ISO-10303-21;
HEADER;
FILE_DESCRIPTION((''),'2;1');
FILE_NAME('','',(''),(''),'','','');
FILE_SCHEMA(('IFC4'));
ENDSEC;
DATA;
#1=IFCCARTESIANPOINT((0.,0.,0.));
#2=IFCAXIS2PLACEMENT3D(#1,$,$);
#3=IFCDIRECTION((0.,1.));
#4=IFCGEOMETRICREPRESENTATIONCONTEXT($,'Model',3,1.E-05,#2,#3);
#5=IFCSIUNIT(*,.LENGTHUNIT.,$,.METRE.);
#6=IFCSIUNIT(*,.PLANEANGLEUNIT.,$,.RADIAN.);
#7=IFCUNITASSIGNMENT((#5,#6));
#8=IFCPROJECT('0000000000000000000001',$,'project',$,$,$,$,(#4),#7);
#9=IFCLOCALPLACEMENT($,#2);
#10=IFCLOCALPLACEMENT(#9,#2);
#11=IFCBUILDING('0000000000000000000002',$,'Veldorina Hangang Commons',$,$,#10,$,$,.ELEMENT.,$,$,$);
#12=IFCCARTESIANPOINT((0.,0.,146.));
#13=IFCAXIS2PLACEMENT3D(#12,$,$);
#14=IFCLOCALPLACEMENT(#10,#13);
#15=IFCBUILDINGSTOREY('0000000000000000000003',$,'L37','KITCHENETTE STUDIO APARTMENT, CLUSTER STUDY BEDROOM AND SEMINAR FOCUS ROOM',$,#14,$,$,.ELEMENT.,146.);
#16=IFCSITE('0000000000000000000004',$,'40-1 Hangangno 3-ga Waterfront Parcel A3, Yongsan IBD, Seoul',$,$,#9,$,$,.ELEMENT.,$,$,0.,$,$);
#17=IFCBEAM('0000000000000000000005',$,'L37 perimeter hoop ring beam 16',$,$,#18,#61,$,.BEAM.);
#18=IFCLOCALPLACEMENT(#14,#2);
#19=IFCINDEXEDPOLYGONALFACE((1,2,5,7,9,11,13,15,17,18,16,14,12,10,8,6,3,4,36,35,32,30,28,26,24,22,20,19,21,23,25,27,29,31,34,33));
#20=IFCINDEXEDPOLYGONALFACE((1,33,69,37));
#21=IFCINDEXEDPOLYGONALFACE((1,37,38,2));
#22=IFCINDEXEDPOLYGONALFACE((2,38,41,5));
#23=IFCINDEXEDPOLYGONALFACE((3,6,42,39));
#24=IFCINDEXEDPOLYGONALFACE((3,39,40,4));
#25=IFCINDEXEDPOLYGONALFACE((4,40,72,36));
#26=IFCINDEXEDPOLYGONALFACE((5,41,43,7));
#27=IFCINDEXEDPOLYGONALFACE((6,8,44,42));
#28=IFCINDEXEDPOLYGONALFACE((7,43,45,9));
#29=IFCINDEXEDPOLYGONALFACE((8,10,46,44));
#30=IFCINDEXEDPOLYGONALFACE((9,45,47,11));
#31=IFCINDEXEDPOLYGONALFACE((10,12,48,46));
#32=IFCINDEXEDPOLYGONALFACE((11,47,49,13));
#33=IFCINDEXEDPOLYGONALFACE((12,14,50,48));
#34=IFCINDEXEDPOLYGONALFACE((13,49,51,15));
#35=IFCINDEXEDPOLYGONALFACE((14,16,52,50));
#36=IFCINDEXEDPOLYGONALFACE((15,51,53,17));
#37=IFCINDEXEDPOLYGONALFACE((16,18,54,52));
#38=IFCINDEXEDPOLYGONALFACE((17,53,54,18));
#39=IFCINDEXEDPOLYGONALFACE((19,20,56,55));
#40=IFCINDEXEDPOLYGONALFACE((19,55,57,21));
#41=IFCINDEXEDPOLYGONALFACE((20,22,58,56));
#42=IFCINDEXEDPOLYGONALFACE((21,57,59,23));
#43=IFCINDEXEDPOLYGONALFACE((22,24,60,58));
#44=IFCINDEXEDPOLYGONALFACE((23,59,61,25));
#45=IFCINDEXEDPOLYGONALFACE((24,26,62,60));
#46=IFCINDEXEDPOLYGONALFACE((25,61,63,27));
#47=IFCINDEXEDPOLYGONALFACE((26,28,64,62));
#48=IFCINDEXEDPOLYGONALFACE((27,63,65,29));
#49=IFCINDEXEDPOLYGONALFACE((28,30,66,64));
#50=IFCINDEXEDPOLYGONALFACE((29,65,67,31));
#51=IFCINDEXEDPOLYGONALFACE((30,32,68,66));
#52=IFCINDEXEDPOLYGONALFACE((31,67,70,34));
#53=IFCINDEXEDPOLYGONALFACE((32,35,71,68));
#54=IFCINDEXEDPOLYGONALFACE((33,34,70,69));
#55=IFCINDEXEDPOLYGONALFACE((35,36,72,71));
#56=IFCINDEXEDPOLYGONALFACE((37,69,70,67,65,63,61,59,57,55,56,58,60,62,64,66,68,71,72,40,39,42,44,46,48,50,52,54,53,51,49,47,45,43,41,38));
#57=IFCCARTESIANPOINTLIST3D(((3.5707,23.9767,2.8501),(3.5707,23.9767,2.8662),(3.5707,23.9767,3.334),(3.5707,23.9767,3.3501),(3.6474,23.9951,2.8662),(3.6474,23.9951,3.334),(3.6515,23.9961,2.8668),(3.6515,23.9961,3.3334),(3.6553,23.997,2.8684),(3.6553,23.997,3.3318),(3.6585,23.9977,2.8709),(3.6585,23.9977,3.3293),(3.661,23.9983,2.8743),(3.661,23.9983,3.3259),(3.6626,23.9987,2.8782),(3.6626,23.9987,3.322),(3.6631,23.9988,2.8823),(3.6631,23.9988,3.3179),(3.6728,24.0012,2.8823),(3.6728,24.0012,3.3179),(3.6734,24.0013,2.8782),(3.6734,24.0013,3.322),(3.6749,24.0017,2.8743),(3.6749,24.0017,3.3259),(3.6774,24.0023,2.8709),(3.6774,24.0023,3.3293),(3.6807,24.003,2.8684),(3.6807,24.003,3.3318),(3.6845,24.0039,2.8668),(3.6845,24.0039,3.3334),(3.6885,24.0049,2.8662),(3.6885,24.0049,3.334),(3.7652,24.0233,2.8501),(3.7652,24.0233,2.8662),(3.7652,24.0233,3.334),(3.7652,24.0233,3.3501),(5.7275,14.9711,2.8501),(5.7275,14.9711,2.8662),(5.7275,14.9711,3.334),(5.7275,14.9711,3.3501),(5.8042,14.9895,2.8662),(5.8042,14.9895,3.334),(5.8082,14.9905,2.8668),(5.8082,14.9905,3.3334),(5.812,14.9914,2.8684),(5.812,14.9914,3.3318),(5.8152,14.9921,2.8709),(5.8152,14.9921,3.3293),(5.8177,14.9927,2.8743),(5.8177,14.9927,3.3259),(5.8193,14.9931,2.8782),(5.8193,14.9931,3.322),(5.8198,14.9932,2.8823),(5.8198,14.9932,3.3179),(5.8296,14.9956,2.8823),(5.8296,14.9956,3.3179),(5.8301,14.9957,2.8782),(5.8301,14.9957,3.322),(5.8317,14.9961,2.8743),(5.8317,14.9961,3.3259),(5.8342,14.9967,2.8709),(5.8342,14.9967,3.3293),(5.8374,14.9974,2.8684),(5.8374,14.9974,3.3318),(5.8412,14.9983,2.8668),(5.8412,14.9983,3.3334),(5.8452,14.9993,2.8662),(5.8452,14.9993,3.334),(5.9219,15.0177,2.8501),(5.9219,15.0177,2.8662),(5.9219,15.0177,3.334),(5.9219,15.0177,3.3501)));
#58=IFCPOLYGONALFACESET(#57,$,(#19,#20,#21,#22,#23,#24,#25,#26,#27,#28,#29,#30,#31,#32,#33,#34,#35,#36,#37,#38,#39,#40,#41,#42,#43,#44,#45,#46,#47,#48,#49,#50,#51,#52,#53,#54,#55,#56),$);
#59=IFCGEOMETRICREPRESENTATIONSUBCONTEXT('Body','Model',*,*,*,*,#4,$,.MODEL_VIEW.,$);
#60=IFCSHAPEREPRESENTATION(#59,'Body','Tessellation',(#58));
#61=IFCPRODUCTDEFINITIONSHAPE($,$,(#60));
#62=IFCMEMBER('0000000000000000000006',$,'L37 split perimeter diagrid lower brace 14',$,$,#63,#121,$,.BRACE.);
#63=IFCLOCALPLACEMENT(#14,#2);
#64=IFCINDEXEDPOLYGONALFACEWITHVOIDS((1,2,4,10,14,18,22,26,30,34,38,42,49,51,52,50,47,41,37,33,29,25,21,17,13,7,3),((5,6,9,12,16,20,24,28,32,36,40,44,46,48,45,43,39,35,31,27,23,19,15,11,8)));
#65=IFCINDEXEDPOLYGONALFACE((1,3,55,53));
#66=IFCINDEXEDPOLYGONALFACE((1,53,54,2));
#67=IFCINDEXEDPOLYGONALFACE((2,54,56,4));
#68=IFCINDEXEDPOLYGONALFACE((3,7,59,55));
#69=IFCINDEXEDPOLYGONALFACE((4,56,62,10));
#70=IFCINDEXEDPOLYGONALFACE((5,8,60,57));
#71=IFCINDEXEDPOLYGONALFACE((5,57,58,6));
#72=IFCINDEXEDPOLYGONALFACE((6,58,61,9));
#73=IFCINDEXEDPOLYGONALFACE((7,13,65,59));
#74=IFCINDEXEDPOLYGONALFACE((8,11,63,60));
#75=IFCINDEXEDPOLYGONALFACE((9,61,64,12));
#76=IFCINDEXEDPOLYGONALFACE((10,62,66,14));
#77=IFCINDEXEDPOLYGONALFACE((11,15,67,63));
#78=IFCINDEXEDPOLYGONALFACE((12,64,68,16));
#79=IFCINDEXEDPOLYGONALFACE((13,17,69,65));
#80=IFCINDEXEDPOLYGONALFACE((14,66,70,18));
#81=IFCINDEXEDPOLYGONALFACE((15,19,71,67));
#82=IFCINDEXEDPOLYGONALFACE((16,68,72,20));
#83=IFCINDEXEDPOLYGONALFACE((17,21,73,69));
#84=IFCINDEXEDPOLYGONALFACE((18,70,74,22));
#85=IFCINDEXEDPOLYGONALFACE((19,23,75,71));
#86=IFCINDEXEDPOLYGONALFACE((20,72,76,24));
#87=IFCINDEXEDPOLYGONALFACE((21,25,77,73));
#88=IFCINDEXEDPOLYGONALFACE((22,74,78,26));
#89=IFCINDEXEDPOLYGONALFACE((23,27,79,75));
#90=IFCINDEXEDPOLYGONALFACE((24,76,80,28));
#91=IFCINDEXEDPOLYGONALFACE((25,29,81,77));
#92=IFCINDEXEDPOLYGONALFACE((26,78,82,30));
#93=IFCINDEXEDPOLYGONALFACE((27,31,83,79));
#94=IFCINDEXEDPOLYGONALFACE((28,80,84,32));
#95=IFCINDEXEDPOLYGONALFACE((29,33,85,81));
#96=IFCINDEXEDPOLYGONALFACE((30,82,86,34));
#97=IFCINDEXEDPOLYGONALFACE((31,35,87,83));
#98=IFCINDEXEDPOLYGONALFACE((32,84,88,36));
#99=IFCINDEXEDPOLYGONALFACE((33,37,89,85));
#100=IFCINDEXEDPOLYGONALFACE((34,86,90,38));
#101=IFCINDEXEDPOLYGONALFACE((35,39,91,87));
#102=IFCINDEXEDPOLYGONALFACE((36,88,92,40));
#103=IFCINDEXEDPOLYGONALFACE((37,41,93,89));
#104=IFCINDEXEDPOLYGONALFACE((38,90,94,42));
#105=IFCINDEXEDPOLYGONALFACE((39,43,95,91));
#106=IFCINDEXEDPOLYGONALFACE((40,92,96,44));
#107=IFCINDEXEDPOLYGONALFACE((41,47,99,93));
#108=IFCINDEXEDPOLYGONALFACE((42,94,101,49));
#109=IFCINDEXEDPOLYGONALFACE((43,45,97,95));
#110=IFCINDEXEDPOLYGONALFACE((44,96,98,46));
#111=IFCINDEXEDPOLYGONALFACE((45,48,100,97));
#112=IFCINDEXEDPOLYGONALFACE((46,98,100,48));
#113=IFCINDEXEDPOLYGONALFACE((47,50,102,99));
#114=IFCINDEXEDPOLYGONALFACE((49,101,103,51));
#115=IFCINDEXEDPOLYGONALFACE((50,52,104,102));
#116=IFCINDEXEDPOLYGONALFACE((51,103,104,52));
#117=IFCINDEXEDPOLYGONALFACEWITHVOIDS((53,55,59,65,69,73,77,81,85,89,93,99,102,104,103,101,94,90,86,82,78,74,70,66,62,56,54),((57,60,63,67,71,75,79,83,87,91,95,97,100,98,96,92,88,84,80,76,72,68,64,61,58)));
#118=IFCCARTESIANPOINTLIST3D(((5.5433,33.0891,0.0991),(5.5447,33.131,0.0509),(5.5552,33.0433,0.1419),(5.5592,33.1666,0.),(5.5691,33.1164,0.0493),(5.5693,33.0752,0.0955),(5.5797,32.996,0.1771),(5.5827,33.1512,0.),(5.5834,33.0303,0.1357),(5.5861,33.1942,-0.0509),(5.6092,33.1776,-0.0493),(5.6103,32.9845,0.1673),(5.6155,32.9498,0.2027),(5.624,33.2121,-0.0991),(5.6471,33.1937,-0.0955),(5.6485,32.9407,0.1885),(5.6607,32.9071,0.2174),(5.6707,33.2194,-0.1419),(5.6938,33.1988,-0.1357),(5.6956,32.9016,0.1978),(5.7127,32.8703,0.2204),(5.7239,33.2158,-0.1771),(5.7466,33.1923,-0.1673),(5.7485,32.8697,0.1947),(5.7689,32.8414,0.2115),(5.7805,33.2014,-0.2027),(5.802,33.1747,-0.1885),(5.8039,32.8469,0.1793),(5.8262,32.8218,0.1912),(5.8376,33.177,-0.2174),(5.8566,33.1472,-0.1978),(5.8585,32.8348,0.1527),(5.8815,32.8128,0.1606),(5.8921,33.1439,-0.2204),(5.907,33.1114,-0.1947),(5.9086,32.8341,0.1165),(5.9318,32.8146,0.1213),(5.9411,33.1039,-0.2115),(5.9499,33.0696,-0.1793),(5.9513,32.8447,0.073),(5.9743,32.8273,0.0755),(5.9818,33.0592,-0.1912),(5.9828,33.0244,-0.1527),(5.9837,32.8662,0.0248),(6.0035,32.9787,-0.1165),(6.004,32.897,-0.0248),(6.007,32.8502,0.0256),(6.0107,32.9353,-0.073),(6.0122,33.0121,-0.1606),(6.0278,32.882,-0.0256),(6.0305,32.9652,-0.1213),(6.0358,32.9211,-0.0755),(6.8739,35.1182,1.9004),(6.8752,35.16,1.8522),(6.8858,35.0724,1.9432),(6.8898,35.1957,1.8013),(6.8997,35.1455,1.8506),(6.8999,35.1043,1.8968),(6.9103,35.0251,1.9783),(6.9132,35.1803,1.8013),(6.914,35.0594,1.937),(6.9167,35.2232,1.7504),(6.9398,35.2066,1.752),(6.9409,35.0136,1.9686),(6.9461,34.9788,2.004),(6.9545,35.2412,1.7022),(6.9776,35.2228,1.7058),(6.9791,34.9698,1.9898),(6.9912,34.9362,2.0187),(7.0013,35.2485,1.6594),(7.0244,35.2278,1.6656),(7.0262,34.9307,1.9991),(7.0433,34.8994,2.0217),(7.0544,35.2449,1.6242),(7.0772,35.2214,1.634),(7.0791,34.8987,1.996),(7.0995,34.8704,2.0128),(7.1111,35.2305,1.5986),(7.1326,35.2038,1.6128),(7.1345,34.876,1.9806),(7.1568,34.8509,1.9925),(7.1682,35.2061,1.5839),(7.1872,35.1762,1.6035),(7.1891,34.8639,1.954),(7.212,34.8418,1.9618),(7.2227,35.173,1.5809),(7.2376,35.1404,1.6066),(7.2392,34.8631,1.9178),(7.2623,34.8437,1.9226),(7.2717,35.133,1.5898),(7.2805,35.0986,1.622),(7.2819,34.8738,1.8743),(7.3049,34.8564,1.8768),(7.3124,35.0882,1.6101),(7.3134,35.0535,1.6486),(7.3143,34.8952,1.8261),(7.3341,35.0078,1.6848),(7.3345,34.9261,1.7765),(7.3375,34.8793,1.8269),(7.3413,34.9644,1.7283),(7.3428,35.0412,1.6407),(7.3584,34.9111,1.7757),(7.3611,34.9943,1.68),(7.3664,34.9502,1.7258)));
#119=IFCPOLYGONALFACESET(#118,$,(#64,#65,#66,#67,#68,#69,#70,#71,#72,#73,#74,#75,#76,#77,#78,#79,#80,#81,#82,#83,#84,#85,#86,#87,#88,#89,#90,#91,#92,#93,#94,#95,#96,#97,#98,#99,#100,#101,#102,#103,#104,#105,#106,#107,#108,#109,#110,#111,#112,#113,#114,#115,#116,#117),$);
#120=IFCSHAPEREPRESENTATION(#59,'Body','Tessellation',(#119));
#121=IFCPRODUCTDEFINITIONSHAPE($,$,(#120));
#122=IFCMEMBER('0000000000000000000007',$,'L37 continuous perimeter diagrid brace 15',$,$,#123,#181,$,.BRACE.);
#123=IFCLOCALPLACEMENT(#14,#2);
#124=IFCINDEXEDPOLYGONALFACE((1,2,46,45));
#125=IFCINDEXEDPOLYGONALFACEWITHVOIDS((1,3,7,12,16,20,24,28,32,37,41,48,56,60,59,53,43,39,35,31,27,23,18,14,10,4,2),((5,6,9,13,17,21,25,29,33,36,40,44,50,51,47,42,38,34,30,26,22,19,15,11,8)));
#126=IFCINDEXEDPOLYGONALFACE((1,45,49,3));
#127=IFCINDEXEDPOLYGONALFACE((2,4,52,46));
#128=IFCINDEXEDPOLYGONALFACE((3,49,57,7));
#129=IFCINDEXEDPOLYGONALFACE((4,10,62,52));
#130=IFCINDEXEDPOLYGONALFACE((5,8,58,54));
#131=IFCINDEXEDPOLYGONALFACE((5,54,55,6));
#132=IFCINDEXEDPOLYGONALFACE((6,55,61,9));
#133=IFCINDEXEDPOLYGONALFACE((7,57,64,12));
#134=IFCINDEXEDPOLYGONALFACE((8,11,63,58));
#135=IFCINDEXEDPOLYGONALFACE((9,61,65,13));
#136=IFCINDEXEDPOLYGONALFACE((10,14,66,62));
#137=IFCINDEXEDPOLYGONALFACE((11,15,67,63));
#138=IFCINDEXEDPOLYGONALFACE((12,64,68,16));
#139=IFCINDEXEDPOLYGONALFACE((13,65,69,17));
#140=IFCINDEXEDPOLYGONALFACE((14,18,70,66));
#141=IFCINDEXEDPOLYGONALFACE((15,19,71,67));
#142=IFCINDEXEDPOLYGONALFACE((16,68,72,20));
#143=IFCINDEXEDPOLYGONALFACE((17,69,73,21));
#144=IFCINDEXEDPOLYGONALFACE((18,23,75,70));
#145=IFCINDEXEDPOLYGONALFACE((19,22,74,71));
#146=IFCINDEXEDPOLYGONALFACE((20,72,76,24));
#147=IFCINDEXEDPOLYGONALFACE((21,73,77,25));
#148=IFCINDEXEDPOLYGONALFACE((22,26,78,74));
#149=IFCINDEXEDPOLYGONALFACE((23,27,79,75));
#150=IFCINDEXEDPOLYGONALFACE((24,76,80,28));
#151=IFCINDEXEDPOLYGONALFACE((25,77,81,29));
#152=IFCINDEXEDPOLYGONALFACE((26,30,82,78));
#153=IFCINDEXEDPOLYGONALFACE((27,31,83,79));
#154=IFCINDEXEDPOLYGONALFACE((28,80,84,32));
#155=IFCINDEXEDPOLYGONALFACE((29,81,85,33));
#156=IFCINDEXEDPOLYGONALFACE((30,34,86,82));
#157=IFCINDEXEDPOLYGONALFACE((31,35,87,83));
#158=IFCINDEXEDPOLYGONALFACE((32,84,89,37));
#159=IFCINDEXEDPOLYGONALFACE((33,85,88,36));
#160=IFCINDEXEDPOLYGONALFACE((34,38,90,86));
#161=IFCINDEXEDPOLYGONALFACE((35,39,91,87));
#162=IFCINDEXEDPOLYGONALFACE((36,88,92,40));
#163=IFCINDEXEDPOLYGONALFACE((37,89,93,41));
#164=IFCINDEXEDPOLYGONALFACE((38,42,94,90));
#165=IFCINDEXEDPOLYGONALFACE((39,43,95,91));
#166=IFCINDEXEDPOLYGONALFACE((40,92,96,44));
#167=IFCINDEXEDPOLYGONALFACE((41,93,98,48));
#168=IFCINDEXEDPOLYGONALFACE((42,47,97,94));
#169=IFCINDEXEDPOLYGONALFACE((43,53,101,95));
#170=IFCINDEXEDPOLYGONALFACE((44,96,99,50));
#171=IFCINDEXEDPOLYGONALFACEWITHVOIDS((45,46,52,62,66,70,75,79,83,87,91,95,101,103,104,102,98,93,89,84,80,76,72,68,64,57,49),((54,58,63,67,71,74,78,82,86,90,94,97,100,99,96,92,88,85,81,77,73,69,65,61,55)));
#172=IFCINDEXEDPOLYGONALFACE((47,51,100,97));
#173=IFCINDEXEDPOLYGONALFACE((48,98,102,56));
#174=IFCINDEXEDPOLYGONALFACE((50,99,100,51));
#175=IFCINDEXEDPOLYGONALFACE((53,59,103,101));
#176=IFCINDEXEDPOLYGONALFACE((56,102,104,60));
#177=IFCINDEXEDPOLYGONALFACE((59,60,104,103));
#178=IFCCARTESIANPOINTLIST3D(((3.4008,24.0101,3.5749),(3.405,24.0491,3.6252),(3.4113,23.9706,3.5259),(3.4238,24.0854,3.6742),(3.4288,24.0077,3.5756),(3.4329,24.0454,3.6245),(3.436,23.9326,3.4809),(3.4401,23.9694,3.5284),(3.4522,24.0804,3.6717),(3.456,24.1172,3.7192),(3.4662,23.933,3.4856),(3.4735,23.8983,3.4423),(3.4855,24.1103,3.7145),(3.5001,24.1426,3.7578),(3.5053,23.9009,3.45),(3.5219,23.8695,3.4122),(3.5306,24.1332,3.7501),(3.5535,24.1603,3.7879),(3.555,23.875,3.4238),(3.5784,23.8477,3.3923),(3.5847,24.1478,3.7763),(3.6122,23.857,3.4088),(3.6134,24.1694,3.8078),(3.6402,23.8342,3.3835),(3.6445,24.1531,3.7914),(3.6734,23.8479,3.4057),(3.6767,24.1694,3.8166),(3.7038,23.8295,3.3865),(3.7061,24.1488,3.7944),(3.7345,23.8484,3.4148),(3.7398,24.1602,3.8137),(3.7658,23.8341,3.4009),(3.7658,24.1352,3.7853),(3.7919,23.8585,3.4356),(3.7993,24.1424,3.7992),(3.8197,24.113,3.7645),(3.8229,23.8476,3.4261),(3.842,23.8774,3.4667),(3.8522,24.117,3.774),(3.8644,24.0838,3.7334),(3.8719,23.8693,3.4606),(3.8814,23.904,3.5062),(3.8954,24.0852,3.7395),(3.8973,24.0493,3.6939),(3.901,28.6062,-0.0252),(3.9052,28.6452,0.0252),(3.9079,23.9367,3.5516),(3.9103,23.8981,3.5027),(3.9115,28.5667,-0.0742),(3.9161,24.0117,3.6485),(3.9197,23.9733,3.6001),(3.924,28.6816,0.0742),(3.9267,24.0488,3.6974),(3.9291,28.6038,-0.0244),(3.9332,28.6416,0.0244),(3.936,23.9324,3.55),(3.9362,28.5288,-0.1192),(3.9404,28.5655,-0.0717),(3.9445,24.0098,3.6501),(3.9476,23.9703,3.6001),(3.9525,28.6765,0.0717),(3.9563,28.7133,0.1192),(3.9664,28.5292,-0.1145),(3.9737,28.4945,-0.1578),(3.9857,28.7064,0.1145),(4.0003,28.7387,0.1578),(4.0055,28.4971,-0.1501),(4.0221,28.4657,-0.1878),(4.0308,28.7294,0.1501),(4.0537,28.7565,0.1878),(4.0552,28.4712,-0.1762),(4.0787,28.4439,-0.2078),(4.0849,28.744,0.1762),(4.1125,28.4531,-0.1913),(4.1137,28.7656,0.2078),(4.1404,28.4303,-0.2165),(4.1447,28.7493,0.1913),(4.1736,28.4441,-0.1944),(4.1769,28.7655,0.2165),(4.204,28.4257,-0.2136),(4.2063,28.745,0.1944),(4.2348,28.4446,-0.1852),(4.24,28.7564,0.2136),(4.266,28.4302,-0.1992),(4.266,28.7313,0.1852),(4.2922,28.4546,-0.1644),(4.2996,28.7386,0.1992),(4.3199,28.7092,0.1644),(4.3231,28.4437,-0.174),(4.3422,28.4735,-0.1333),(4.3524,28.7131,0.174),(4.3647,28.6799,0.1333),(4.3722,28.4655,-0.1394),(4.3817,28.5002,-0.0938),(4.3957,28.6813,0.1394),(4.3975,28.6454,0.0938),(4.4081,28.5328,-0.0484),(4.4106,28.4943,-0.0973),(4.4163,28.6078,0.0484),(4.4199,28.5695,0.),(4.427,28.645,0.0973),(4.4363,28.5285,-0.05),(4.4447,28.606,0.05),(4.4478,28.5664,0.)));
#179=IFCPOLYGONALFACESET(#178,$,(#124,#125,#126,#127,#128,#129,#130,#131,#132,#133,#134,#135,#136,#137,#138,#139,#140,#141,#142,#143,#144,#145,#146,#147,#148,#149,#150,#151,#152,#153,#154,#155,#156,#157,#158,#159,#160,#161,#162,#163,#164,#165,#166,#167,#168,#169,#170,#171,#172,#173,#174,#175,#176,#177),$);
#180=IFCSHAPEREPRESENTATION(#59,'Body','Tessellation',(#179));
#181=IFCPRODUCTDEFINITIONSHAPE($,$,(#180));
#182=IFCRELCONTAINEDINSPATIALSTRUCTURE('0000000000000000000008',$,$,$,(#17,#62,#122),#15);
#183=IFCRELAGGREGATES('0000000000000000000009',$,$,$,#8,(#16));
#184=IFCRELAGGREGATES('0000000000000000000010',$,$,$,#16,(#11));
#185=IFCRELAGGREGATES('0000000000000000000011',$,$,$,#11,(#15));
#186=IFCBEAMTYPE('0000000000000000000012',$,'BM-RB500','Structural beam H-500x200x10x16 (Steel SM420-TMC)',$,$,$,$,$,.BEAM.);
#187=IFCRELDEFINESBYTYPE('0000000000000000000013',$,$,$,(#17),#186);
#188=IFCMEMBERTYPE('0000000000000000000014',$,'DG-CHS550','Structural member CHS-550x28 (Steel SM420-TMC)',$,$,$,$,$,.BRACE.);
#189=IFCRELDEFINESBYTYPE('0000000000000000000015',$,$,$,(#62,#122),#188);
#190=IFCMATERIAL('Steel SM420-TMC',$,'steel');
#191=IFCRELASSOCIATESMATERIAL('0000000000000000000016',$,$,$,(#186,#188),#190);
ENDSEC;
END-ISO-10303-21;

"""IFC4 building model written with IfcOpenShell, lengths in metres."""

from ifc_helpers import new_model, si_unit, direction, frame, origin, origin_2d, place, context, subcontext, project, spatial, hollow_circle, i_section, extrude, material, material_profile, profile_set, type_object, element, save


model = new_model("IFC4")

# Units and contexts
model_context = context("Model", 3, precision=1e-05, world=origin(), true_north=direction((0.0, 1.0)))
body_context = subcontext(model_context, "Body", "Model", "MODEL_VIEW")
ifc_project = project(units=[si_unit("LENGTHUNIT", "METRE"), si_unit("PLANEANGLEUNIT", "RADIAN")], contexts=[model_context])

# Site, building, storey
site_placement = place(None, origin())
site = spatial("IfcSite", under=ifc_project, at=site_placement, Name="40-1 Hangangno 3-ga Waterfront Parcel A3, Yongsan IBD, Seoul", CompositionType="ELEMENT", RefElevation=0.0)
building_placement = place(site_placement, origin())
building = spatial("IfcBuilding", under=site, at=building_placement, Name="Veldorina Hangang Commons", CompositionType="ELEMENT")
storey_placement = place(building_placement, frame((0.0, 0.0, 146.0)))
storey = spatial("IfcBuildingStorey", under=building, at=storey_placement, Name="L37", Description="KITCHENETTE STUDIO APARTMENT, CLUSTER STUDY BEDROOM AND SEMINAR FOCUS ROOM", CompositionType="ELEMENT", Elevation=146.0)

# Beam
ifc_material_1 = material(Name="Steel SM420-TMC", Category="steel")
ifc_material_profile_1 = material_profile(ifc_material_1, i_section(OverallWidth=0.2, OverallDepth=0.5, WebThickness=0.01, FlangeThickness=0.0161, FilletRadius=0.0161, at=origin_2d()), Name="H-500x200x10x16")
ifc_profile_set_1 = profile_set([ifc_material_profile_1], Name="Steel SM420-TMC")
beam_type_1 = type_object("IfcBeamType", Name="BM-RB500", Description="Structural beam H-500x200x10x16 (Steel SM420-TMC)", PredefinedType="BEAM", material=ifc_profile_set_1)
for number, where, z_axis, x_axis, name in (
    (1, (3.668, 24.0, 3.1001), (0.232902, -0.9725, 0.0), (0.9725, 0.232902, 0.0), "L37 perimeter hoop ring beam 16"),
):
    element("IfcBeam", number, at=place(storey_placement, frame(where, z_axis=z_axis, x_axis=x_axis)), inside=storey, type_object=beam_type_1, Name=name, PredefinedType="BEAM", context=body_context, shape_type="SweptSolid", body=[
        extrude(i_section(OverallWidth=0.2, OverallDepth=0.5, WebThickness=0.01, FlangeThickness=0.0161, FilletRadius=0.0161, at=origin_2d()), origin(), (0.0, 0.0, 1.0), 9.2603),
    ])

# Members
ifc_material_profile_2 = material_profile(ifc_material_1, hollow_circle(Radius=0.2749, WallThickness=0.0281, at=origin_2d()), Name="CHS-550x28")
ifc_profile_set_2 = profile_set([ifc_material_profile_2], Name="Steel SM420-TMC")
member_type = type_object("IfcMemberType", Name="DG-CHS550", Description="Structural member CHS-550x28 (Steel SM420-TMC)", PredefinedType="BRACE", material=ifc_profile_set_2)
member_1_placement = place(storey_placement, frame((5.7891, 33.0159, 0.0), z_axis=(0.440304, 0.671444, 0.596067), x_axis=(-0.836237, 0.548368, 0.0)))
element("IfcMember", 2, at=member_1_placement, inside=storey, type_object=member_type, Name="L37 split perimeter diagrid lower brace 14", PredefinedType="BRACE", context=body_context, shape_type="SweptSolid", body=[
    extrude(hollow_circle(Radius=0.2749, WallThickness=0.0281, at=origin_2d()), origin(), (0.0, 0.0, 1.0), 3.022),
])
member_2_placement = place(storey_placement, frame((4.1746, 28.5962, 0.0), z_axis=(-0.08537, -0.784375, 0.614384), x_axis=(0.994129, -0.1082, 0.0)))
element("IfcMember", 3, at=member_2_placement, inside=storey, type_object=member_type, Name="L37 continuous perimeter diagrid brace 15", PredefinedType="BRACE", context=body_context, shape_type="SweptSolid", body=[
    extrude(hollow_circle(Radius=0.2749, WallThickness=0.0281, at=origin_2d()), origin(), (0.0, 0.0, 1.0), 5.8596),
])

save(model, "model.ifc")
